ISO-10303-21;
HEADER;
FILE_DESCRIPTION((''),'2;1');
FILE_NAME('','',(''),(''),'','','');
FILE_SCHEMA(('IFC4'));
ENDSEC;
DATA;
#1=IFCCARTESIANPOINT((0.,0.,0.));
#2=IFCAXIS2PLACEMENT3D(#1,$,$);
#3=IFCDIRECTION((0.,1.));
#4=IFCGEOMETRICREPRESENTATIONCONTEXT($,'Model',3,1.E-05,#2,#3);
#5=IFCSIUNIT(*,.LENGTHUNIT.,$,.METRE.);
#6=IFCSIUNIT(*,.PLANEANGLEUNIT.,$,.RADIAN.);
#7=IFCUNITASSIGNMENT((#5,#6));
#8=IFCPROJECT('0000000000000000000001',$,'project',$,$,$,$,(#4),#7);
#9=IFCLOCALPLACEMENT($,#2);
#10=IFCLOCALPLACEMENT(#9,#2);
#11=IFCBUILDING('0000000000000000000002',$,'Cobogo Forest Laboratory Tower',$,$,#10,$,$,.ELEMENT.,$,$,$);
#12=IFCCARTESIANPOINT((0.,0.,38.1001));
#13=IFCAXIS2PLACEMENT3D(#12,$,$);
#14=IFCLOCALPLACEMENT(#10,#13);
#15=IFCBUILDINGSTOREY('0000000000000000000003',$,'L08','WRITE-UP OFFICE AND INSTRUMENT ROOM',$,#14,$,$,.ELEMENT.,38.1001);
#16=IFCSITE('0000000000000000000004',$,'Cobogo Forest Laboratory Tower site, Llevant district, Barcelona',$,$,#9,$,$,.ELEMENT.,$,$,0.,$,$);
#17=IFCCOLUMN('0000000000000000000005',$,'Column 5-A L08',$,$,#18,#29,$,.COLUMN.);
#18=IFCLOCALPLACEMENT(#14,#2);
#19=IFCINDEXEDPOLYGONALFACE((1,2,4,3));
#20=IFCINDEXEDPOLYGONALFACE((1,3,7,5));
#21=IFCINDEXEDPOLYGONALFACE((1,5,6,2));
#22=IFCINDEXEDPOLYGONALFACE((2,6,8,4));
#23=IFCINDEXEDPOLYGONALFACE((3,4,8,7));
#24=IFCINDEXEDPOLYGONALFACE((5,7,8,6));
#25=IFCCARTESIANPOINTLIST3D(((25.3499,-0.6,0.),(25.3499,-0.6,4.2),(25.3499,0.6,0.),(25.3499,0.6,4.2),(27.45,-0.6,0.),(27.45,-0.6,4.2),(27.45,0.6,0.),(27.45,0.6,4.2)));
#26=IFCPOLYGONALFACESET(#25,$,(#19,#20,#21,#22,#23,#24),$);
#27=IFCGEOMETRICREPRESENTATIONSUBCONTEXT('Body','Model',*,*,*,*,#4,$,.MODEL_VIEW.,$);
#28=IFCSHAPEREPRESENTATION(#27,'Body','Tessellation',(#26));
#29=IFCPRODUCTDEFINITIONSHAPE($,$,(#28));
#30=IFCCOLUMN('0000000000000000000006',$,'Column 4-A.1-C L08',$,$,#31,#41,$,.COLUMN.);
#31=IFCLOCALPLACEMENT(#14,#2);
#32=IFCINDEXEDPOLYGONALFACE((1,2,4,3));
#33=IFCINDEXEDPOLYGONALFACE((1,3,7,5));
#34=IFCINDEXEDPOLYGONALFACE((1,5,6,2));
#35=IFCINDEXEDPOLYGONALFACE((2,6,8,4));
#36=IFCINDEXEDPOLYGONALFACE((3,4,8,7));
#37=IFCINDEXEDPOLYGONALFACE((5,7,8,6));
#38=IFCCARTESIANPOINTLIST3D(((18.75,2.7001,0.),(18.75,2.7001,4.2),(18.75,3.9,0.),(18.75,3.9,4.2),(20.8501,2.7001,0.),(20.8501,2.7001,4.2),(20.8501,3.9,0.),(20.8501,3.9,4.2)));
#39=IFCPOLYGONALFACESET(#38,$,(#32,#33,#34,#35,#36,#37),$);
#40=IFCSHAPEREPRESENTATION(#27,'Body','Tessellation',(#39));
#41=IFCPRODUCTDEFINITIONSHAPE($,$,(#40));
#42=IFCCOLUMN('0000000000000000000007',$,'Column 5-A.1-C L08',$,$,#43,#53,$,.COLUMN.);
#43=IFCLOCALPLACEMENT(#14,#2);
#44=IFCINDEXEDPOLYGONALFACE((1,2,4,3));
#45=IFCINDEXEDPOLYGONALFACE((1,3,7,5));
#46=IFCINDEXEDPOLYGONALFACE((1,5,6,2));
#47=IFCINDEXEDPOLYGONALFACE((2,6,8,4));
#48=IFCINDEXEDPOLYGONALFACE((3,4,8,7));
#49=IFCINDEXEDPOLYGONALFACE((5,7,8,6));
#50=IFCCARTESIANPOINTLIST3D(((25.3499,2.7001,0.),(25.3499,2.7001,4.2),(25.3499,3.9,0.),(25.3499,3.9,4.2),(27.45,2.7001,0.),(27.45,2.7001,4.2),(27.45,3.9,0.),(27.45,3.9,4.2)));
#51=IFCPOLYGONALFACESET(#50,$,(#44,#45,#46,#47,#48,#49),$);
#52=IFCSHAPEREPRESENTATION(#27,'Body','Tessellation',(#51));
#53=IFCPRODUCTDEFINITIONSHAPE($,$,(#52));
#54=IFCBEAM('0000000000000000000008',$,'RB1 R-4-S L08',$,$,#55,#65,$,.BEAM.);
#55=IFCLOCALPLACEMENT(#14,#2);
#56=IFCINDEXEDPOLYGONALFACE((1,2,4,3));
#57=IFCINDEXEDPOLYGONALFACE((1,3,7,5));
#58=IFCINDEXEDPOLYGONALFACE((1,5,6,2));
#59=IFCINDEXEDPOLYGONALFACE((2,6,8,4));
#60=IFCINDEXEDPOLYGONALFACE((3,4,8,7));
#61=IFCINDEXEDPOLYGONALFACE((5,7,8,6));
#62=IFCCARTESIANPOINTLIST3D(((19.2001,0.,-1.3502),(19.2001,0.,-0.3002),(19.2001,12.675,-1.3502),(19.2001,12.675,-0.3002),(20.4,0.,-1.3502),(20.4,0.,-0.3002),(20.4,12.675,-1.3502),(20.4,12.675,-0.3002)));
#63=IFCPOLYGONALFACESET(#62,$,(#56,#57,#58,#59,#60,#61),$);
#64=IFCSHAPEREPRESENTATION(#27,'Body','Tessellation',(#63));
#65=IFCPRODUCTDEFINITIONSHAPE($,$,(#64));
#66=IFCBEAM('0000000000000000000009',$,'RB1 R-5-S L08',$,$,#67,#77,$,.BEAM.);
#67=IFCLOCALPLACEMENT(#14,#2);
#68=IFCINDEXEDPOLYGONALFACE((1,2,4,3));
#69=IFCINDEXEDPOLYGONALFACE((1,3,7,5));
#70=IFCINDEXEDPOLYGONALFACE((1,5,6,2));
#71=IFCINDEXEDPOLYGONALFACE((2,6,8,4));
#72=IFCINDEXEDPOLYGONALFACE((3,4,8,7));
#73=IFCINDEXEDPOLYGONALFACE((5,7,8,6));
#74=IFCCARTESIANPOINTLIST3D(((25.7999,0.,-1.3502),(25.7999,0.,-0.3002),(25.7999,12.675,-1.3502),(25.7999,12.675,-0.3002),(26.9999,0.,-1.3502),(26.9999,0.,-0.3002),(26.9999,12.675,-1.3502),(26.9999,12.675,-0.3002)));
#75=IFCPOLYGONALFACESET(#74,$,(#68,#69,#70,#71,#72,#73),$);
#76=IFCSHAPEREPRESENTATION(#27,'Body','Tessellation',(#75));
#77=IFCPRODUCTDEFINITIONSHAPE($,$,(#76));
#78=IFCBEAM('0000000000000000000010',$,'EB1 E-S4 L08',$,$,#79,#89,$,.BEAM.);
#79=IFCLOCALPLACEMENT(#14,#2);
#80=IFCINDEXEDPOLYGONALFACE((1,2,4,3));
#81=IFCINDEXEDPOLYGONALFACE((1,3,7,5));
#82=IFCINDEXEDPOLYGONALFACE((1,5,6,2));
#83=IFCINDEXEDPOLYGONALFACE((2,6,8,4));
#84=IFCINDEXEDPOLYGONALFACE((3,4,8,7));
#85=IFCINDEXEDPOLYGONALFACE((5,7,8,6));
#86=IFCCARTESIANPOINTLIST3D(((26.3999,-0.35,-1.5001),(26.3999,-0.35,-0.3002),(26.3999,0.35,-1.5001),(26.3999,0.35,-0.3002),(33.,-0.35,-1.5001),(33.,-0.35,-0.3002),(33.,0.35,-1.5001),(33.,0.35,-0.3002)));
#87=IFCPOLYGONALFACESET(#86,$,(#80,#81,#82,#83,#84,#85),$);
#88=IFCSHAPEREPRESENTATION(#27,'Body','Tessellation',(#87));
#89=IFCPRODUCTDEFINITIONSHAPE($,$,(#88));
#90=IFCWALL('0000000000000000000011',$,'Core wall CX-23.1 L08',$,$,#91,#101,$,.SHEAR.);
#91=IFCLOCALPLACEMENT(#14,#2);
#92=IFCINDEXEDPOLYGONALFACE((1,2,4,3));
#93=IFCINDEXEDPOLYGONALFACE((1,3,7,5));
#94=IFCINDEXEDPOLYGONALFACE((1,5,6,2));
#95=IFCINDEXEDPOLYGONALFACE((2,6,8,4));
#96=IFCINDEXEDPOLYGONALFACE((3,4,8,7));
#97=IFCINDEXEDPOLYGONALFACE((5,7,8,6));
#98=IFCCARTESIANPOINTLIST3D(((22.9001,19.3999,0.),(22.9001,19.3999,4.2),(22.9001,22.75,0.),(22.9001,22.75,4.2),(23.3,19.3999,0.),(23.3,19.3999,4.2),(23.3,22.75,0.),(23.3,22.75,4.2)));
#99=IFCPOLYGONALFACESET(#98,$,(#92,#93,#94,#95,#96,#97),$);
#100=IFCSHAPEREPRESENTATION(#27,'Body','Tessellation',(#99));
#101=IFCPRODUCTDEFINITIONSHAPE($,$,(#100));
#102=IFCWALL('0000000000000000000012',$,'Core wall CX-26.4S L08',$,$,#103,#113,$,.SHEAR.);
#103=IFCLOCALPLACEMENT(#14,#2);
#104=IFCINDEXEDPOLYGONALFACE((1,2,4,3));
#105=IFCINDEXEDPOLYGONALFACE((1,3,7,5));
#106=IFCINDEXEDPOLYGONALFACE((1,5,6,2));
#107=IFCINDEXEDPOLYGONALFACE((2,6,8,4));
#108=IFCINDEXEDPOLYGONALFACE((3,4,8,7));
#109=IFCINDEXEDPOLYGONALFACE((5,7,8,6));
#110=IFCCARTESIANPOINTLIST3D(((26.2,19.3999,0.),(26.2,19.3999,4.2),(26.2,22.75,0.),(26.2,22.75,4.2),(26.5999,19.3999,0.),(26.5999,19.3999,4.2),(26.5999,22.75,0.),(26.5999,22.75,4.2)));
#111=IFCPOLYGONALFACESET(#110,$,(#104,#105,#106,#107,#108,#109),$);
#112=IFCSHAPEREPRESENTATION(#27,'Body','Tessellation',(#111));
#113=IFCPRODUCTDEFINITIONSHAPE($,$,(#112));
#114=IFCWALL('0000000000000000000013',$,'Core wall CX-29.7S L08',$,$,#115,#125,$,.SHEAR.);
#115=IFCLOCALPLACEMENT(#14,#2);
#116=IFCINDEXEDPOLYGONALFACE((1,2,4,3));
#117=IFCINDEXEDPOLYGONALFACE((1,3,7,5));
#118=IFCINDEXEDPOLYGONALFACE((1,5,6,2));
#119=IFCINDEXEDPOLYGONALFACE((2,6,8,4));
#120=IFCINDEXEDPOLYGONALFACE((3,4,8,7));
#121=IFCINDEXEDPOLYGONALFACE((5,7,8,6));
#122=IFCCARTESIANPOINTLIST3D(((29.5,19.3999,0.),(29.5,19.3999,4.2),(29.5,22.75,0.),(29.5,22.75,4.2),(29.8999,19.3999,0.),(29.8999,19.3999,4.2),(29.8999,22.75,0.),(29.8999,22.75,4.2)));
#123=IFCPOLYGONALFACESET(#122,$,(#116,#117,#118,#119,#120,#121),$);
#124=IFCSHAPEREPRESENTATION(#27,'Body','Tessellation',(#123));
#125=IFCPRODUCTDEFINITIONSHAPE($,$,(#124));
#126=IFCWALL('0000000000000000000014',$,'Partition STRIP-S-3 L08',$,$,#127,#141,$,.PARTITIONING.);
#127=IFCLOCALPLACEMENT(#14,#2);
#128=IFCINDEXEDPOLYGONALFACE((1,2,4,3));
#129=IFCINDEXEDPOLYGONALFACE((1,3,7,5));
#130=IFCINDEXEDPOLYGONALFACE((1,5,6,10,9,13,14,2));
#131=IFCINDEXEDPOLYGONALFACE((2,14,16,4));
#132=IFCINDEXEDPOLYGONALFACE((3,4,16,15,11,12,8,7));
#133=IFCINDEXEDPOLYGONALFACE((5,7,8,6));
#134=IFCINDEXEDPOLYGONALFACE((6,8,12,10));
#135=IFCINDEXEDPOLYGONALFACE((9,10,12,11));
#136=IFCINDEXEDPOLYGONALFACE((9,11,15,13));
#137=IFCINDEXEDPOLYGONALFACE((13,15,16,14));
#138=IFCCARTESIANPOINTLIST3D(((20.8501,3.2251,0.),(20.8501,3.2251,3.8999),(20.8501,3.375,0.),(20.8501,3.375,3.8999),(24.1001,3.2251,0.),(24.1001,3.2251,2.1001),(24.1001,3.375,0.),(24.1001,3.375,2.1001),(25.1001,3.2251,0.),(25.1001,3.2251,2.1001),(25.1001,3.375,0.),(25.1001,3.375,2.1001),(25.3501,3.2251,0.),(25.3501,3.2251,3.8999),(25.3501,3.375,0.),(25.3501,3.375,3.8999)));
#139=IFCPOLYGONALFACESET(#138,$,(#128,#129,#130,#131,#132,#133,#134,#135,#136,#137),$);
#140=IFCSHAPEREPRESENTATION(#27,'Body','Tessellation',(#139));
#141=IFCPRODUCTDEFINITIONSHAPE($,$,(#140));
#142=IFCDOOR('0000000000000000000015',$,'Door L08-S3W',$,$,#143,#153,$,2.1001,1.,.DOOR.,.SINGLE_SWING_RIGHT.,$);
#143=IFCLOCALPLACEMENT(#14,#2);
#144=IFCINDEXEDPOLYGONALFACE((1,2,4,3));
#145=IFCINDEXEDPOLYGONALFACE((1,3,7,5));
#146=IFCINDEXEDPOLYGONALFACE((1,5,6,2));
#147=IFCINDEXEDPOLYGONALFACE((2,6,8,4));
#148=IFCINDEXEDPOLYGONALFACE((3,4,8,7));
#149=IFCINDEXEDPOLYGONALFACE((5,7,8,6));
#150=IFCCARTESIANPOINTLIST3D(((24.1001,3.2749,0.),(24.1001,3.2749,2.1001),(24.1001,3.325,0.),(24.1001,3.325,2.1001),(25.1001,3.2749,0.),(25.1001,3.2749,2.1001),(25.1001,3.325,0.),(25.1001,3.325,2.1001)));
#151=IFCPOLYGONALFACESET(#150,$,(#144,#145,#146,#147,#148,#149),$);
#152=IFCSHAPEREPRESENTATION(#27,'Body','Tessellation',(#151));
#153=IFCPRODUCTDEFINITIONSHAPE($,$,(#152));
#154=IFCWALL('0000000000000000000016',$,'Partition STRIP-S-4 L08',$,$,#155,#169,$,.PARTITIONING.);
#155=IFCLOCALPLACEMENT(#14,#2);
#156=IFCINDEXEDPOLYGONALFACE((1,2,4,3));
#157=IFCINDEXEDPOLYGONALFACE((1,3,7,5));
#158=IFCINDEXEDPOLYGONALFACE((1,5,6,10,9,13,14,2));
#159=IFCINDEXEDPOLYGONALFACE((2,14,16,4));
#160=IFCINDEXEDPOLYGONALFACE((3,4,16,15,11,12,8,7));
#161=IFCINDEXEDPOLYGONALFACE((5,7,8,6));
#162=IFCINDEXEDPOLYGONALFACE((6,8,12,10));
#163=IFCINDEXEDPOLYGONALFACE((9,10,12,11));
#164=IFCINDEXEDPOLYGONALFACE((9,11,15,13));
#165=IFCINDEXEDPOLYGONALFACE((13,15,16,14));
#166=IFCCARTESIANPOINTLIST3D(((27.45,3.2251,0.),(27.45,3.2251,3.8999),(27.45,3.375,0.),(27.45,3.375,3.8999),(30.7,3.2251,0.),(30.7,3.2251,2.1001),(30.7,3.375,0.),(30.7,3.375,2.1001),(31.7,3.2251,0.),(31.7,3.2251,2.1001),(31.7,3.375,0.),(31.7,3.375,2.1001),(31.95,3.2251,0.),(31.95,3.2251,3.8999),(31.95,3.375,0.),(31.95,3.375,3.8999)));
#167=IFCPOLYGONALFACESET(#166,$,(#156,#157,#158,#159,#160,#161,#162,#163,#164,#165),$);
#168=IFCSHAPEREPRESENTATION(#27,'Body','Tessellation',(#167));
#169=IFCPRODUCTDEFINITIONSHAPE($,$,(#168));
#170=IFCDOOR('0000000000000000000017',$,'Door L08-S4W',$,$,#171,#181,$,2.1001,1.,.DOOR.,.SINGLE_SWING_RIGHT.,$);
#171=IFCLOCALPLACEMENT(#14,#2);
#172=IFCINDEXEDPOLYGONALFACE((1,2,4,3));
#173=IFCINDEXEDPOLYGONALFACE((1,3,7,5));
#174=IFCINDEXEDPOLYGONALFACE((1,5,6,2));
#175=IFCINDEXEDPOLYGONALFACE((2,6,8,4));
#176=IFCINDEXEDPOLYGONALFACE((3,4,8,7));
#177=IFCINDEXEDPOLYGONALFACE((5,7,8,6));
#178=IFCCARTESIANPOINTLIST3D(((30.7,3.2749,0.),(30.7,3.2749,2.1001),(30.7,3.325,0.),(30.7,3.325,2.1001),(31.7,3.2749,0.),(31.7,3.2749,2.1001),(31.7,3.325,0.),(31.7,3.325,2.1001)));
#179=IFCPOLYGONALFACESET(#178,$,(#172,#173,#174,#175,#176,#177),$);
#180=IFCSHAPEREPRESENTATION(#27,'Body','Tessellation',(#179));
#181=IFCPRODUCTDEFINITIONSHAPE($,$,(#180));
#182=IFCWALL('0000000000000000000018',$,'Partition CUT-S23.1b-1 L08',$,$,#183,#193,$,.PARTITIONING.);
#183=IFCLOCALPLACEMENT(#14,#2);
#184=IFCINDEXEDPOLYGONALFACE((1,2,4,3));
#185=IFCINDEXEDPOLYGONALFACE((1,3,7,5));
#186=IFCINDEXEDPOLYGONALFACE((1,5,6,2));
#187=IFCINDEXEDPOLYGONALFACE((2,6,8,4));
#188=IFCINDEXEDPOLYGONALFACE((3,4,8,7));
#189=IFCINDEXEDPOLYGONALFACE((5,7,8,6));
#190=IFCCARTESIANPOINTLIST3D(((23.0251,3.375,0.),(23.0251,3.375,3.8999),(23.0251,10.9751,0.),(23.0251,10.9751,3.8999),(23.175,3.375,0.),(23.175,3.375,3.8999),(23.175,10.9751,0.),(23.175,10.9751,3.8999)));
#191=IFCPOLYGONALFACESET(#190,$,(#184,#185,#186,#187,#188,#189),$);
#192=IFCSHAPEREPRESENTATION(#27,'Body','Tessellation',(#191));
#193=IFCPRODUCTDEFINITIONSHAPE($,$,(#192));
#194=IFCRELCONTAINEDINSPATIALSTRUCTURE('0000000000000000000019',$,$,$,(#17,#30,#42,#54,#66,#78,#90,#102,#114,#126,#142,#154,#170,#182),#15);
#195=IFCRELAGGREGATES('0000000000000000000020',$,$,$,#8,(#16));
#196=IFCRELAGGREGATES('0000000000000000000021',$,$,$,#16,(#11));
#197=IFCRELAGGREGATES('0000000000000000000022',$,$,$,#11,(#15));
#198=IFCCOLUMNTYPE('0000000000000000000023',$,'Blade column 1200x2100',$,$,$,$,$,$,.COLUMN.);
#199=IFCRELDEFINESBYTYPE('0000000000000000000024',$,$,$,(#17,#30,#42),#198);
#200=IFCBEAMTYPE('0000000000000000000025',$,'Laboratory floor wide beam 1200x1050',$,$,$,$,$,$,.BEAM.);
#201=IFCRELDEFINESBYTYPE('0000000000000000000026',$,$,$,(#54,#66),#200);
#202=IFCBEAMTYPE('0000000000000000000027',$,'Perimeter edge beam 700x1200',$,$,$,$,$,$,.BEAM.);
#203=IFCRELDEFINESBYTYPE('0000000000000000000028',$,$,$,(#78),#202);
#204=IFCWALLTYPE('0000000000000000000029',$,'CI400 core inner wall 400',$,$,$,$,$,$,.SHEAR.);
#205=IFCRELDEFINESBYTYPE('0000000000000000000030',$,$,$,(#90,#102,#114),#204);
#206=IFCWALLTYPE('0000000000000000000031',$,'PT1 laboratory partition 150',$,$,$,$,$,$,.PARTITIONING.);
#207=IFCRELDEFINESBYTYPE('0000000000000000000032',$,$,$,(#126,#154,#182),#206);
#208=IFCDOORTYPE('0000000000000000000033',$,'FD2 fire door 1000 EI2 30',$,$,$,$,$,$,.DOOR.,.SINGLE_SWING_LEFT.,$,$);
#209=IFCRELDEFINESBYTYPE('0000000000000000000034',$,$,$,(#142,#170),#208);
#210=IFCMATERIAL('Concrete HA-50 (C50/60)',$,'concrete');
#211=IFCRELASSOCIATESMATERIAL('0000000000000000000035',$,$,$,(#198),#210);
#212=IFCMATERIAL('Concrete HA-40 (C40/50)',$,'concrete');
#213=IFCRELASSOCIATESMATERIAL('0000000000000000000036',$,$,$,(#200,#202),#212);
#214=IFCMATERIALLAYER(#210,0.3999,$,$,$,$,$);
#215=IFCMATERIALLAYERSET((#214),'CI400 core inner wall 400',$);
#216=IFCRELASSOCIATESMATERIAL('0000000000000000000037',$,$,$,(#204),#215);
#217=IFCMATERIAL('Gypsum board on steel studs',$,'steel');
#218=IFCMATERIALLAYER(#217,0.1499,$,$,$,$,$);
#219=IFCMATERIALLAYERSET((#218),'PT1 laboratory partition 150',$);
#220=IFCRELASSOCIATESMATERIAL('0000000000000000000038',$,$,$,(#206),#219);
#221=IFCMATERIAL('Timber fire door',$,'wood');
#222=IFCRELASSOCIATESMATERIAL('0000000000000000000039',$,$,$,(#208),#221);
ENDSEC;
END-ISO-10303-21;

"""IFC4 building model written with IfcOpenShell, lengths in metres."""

from ifc_helpers import new_model, si_unit, direction, frame, frame_2d, origin, origin_2d, place, context, subcontext, project, spatial, rectangle, extrude, material, layer, layer_set, material_profile, profile_set, type_object, element, fill, save


model = new_model("IFC4")

# Units and contexts
model_context = context("Model", 3, precision=1e-05, world=origin(), true_north=direction((0.0, 1.0)))
body_context = subcontext(model_context, "Body", "Model", "MODEL_VIEW")
ifc_project = project(units=[si_unit("LENGTHUNIT", "METRE"), si_unit("PLANEANGLEUNIT", "RADIAN")], contexts=[model_context])

# Site, building, storey
site_placement = place(None, origin())
site = spatial("IfcSite", under=ifc_project, at=site_placement, Name="Cobogo Forest Laboratory Tower site, Llevant district, Barcelona", CompositionType="ELEMENT", RefElevation=0.0)
building_placement = place(site_placement, origin())
building = spatial("IfcBuilding", under=site, at=building_placement, Name="Cobogo Forest Laboratory Tower", CompositionType="ELEMENT")
storey_placement = place(building_placement, frame((0.0, 0.0, 38.1001)))
storey = spatial("IfcBuildingStorey", under=building, at=storey_placement, Name="L08", Description="WRITE-UP OFFICE AND INSTRUMENT ROOM", CompositionType="ELEMENT", Elevation=38.1001)

# Columns
ifc_material_1 = material(Name="Concrete HA-50 (C50/60)", Category="concrete")
ifc_material_profile_1 = material_profile(ifc_material_1, rectangle(XDim=2.1001, YDim=1.2, at=origin_2d()), Name="RC 1200x2100")
ifc_profile_set_1 = profile_set([ifc_material_profile_1], Name="Concrete HA-50 (C50/60)")
column_type = type_object("IfcColumnType", Name="Blade column 1200x2100", PredefinedType="COLUMN", material=ifc_profile_set_1)
for number, where, z_axis, x_axis, name in (
    (1, (26.3999, 0.0, 0.0), (0.0, 0.0, 1.0), (1.0, 0.0, 0.0), "Column 5-A L08"),
    (2, (19.8, 3.3, 0.0), (0.0, 0.0, 1.0), (1.0, 0.0, 0.0), "Column 4-A.1-C L08"),
    (3, (26.3999, 3.3, 0.0), (0.0, 0.0, 1.0), (1.0, 0.0, 0.0), "Column 5-A.1-C L08"),
):
    element("IfcColumn", number, at=place(storey_placement, frame(where, z_axis=z_axis, x_axis=x_axis)), inside=storey, type_object=column_type, Name=name, PredefinedType="COLUMN", context=body_context, shape_type="SweptSolid", body=[
        extrude(rectangle(XDim=2.1001, YDim=1.2, at=origin_2d()), origin(), (0.0, 0.0, 1.0), 4.2),
    ])

# Beams
ifc_material_2 = material(Name="Concrete HA-40 (C40/50)", Category="concrete")
ifc_material_profile_2 = material_profile(ifc_material_2, rectangle(XDim=1.2, YDim=1.05, at=origin_2d()), Name="RC 1200x1050")
ifc_profile_set_2 = profile_set([ifc_material_profile_2], Name="Concrete HA-40 (C40/50)")
beam_type_1 = type_object("IfcBeamType", Name="Laboratory floor wide beam 1200x1050", PredefinedType="BEAM", material=ifc_profile_set_2)
for number, where, z_axis, x_axis, name in (
    (4, (19.8, 12.675, -0.8252), (0.0, -1.0, 0.0), (1.0, 0.0, 0.0), "RB1 R-4-S L08"),
    (5, (26.3999, 12.675, -0.8252), (0.0, -1.0, 0.0), (1.0, 0.0, 0.0), "RB1 R-5-S L08"),
):
    element("IfcBeam", number, at=place(storey_placement, frame(where, z_axis=z_axis, x_axis=x_axis)), inside=storey, type_object=beam_type_1, Name=name, PredefinedType="BEAM", context=body_context, shape_type="SweptSolid", body=[
        extrude(rectangle(XDim=1.2, YDim=1.05, at=origin_2d()), origin(), (0.0, 0.0, 1.0), 12.675),
    ])
ifc_material_profile_3 = material_profile(ifc_material_2, rectangle(XDim=0.7, YDim=1.2, at=origin_2d()), Name="RC 700x1200")
ifc_profile_set_3 = profile_set([ifc_material_profile_3], Name="Concrete HA-40 (C40/50)")
beam_type_2 = type_object("IfcBeamType", Name="Perimeter edge beam 700x1200", PredefinedType="BEAM", material=ifc_profile_set_3)
beam_placement = place(storey_placement, frame((26.3999, 0.0, -0.9001), z_axis=(1.0, 0.0, 0.0), x_axis=(0.0, 1.0, 0.0)))
element("IfcBeam", 6, at=beam_placement, inside=storey, type_object=beam_type_2, Name="EB1 E-S4 L08", PredefinedType="BEAM", context=body_context, shape_type="SweptSolid", body=[
    extrude(rectangle(XDim=0.7, YDim=1.2, at=origin_2d()), origin(), (0.0, 0.0, 1.0), 6.6001),
])

# Walls
ifc_layer_1 = layer(ifc_material_1, 0.3999)
ifc_layer_set_1 = layer_set([ifc_layer_1], Name="CI400 core inner wall 400")
wall_type_1 = type_object("IfcWallType", Name="CI400 core inner wall 400", PredefinedType="SHEAR", material=ifc_layer_set_1)
for number, where, z_axis, x_axis, name in (
    (7, (23.1001, 19.3999, 0.0), (0.0, 0.0, 1.0), (0.0, 1.0, 0.0), "Core wall CX-23.1 L08"),
    (8, (26.3999, 19.3999, 0.0), (0.0, 0.0, 1.0), (0.0, 1.0, 0.0), "Core wall CX-26.4S L08"),
    (9, (29.7, 19.3999, 0.0), (0.0, 0.0, 1.0), (0.0, 1.0, 0.0), "Core wall CX-29.7S L08"),
):
    element("IfcWall", number, at=place(storey_placement, frame(where, z_axis=z_axis, x_axis=x_axis)), inside=storey, type_object=wall_type_1, Name=name, PredefinedType="SHEAR", context=body_context, shape_type="SweptSolid", body=[
        extrude(rectangle(XDim=3.3501, YDim=0.3999, at=frame_2d((1.675, 0.0))), origin(), (0.0, 0.0, 1.0), 4.2),
    ])

# Walls, openings, doors
ifc_material_3 = material(Name="Gypsum board on steel studs", Category="steel")
ifc_layer_2 = layer(ifc_material_3, 0.1499)
ifc_layer_set_2 = layer_set([ifc_layer_2], Name="PT1 laboratory partition 150")
wall_type_2 = type_object("IfcWallType", Name="PT1 laboratory partition 150", PredefinedType="PARTITIONING", material=ifc_layer_set_2)
wall_1_placement = place(storey_placement, frame((20.8501, 3.3, 0.0), z_axis=(0.0, 0.0, 1.0), x_axis=(1.0, 0.0, 0.0)))
wall_1 = element("IfcWall", 10, at=wall_1_placement, inside=storey, type_object=wall_type_2, Name="Partition STRIP-S-3 L08", PredefinedType="PARTITIONING", context=body_context, shape_type="SweptSolid", body=[
    extrude(rectangle(XDim=4.5, YDim=0.1499, at=frame_2d((2.25, 0.0))), origin(), (0.0, 0.0, 1.0), 3.8999),
])
opening_1_placement = place(wall_1_placement, frame((3.25, 0.0, 0.0)))
opening_1 = element("IfcOpeningElement", 11, at=opening_1_placement, cuts=wall_1, PredefinedType="OPENING", context=body_context, shape_type="SweptSolid", body=[
    extrude(rectangle(XDim=1.0, YDim=2.1001, at=frame_2d((0.5, 1.05))), frame((0.0, 0.085, 0.0), z_axis=(0.0, -1.0, 0.0), x_axis=(1.0, 0.0, 0.0)), (0.0, 0.0, 1.0), 0.1699),
])
ifc_material_4 = material(Name="Timber fire door", Category="wood")
door_type_1 = type_object("IfcDoorType", Name="FD2 fire door 1000 EI2 30", OperationType="SINGLE_SWING_LEFT", PredefinedType="DOOR", material=ifc_material_4)
door_1_placement = place(opening_1_placement, origin())
door_1 = element("IfcDoor", 12, at=door_1_placement, inside=storey, type_object=door_type_1, Name="Door L08-S3W", OperationType="SINGLE_SWING_RIGHT", OverallHeight=2.1001, OverallWidth=1.0, PredefinedType="DOOR", context=body_context, shape_type="SweptSolid", body=[
    extrude(rectangle(XDim=1.0, YDim=2.1001, at=frame_2d((0.5, 1.05))), frame((0.0, 0.0249, 0.0), z_axis=(0.0, -1.0, 0.0), x_axis=(1.0, 0.0, 0.0)), (0.0, 0.0, 1.0), 0.05),
])
fill(opening_1, door_1)
wall_2_placement = place(storey_placement, frame((27.45, 3.3, 0.0), z_axis=(0.0, 0.0, 1.0), x_axis=(1.0, 0.0, 0.0)))
wall_2 = element("IfcWall", 13, at=wall_2_placement, inside=storey, type_object=wall_type_2, Name="Partition STRIP-S-4 L08", PredefinedType="PARTITIONING", context=body_context, shape_type="SweptSolid", body=[
    extrude(rectangle(XDim=4.5, YDim=0.1499, at=frame_2d((2.25, 0.0))), origin(), (0.0, 0.0, 1.0), 3.8999),
])
opening_2_placement = place(wall_2_placement, frame((3.25, 0.0, 0.0)))
opening_2 = element("IfcOpeningElement", 14, at=opening_2_placement, cuts=wall_2, PredefinedType="OPENING", context=body_context, shape_type="SweptSolid", body=[
    extrude(rectangle(XDim=1.0, YDim=2.1001, at=frame_2d((0.5, 1.05))), frame((0.0, 0.085, 0.0), z_axis=(0.0, -1.0, 0.0), x_axis=(1.0, 0.0, 0.0)), (0.0, 0.0, 1.0), 0.1699),
])
door_2_placement = place(opening_2_placement, origin())
door_2 = element("IfcDoor", 15, at=door_2_placement, inside=storey, type_object=door_type_1, Name="Door L08-S4W", OperationType="SINGLE_SWING_RIGHT", OverallHeight=2.1001, OverallWidth=1.0, PredefinedType="DOOR", context=body_context, shape_type="SweptSolid", body=[
    extrude(rectangle(XDim=1.0, YDim=2.1001, at=frame_2d((0.5, 1.05))), frame((0.0, 0.0249, 0.0), z_axis=(0.0, -1.0, 0.0), x_axis=(1.0, 0.0, 0.0)), (0.0, 0.0, 1.0), 0.05),
])
fill(opening_2, door_2)

# Wall
wall_3_placement = place(storey_placement, frame((23.1001, 3.375, 0.0), z_axis=(0.0, 0.0, 1.0), x_axis=(0.0, 1.0, 0.0)))
element("IfcWall", 16, at=wall_3_placement, inside=storey, type_object=wall_type_2, Name="Partition CUT-S23.1b-1 L08", PredefinedType="PARTITIONING", context=body_context, shape_type="SweptSolid", body=[
    extrude(rectangle(XDim=7.6001, YDim=0.1499, at=frame_2d((3.8, 0.0))), origin(), (0.0, 0.0, 1.0), 3.8999),
])

save(model, "model.ifc")
